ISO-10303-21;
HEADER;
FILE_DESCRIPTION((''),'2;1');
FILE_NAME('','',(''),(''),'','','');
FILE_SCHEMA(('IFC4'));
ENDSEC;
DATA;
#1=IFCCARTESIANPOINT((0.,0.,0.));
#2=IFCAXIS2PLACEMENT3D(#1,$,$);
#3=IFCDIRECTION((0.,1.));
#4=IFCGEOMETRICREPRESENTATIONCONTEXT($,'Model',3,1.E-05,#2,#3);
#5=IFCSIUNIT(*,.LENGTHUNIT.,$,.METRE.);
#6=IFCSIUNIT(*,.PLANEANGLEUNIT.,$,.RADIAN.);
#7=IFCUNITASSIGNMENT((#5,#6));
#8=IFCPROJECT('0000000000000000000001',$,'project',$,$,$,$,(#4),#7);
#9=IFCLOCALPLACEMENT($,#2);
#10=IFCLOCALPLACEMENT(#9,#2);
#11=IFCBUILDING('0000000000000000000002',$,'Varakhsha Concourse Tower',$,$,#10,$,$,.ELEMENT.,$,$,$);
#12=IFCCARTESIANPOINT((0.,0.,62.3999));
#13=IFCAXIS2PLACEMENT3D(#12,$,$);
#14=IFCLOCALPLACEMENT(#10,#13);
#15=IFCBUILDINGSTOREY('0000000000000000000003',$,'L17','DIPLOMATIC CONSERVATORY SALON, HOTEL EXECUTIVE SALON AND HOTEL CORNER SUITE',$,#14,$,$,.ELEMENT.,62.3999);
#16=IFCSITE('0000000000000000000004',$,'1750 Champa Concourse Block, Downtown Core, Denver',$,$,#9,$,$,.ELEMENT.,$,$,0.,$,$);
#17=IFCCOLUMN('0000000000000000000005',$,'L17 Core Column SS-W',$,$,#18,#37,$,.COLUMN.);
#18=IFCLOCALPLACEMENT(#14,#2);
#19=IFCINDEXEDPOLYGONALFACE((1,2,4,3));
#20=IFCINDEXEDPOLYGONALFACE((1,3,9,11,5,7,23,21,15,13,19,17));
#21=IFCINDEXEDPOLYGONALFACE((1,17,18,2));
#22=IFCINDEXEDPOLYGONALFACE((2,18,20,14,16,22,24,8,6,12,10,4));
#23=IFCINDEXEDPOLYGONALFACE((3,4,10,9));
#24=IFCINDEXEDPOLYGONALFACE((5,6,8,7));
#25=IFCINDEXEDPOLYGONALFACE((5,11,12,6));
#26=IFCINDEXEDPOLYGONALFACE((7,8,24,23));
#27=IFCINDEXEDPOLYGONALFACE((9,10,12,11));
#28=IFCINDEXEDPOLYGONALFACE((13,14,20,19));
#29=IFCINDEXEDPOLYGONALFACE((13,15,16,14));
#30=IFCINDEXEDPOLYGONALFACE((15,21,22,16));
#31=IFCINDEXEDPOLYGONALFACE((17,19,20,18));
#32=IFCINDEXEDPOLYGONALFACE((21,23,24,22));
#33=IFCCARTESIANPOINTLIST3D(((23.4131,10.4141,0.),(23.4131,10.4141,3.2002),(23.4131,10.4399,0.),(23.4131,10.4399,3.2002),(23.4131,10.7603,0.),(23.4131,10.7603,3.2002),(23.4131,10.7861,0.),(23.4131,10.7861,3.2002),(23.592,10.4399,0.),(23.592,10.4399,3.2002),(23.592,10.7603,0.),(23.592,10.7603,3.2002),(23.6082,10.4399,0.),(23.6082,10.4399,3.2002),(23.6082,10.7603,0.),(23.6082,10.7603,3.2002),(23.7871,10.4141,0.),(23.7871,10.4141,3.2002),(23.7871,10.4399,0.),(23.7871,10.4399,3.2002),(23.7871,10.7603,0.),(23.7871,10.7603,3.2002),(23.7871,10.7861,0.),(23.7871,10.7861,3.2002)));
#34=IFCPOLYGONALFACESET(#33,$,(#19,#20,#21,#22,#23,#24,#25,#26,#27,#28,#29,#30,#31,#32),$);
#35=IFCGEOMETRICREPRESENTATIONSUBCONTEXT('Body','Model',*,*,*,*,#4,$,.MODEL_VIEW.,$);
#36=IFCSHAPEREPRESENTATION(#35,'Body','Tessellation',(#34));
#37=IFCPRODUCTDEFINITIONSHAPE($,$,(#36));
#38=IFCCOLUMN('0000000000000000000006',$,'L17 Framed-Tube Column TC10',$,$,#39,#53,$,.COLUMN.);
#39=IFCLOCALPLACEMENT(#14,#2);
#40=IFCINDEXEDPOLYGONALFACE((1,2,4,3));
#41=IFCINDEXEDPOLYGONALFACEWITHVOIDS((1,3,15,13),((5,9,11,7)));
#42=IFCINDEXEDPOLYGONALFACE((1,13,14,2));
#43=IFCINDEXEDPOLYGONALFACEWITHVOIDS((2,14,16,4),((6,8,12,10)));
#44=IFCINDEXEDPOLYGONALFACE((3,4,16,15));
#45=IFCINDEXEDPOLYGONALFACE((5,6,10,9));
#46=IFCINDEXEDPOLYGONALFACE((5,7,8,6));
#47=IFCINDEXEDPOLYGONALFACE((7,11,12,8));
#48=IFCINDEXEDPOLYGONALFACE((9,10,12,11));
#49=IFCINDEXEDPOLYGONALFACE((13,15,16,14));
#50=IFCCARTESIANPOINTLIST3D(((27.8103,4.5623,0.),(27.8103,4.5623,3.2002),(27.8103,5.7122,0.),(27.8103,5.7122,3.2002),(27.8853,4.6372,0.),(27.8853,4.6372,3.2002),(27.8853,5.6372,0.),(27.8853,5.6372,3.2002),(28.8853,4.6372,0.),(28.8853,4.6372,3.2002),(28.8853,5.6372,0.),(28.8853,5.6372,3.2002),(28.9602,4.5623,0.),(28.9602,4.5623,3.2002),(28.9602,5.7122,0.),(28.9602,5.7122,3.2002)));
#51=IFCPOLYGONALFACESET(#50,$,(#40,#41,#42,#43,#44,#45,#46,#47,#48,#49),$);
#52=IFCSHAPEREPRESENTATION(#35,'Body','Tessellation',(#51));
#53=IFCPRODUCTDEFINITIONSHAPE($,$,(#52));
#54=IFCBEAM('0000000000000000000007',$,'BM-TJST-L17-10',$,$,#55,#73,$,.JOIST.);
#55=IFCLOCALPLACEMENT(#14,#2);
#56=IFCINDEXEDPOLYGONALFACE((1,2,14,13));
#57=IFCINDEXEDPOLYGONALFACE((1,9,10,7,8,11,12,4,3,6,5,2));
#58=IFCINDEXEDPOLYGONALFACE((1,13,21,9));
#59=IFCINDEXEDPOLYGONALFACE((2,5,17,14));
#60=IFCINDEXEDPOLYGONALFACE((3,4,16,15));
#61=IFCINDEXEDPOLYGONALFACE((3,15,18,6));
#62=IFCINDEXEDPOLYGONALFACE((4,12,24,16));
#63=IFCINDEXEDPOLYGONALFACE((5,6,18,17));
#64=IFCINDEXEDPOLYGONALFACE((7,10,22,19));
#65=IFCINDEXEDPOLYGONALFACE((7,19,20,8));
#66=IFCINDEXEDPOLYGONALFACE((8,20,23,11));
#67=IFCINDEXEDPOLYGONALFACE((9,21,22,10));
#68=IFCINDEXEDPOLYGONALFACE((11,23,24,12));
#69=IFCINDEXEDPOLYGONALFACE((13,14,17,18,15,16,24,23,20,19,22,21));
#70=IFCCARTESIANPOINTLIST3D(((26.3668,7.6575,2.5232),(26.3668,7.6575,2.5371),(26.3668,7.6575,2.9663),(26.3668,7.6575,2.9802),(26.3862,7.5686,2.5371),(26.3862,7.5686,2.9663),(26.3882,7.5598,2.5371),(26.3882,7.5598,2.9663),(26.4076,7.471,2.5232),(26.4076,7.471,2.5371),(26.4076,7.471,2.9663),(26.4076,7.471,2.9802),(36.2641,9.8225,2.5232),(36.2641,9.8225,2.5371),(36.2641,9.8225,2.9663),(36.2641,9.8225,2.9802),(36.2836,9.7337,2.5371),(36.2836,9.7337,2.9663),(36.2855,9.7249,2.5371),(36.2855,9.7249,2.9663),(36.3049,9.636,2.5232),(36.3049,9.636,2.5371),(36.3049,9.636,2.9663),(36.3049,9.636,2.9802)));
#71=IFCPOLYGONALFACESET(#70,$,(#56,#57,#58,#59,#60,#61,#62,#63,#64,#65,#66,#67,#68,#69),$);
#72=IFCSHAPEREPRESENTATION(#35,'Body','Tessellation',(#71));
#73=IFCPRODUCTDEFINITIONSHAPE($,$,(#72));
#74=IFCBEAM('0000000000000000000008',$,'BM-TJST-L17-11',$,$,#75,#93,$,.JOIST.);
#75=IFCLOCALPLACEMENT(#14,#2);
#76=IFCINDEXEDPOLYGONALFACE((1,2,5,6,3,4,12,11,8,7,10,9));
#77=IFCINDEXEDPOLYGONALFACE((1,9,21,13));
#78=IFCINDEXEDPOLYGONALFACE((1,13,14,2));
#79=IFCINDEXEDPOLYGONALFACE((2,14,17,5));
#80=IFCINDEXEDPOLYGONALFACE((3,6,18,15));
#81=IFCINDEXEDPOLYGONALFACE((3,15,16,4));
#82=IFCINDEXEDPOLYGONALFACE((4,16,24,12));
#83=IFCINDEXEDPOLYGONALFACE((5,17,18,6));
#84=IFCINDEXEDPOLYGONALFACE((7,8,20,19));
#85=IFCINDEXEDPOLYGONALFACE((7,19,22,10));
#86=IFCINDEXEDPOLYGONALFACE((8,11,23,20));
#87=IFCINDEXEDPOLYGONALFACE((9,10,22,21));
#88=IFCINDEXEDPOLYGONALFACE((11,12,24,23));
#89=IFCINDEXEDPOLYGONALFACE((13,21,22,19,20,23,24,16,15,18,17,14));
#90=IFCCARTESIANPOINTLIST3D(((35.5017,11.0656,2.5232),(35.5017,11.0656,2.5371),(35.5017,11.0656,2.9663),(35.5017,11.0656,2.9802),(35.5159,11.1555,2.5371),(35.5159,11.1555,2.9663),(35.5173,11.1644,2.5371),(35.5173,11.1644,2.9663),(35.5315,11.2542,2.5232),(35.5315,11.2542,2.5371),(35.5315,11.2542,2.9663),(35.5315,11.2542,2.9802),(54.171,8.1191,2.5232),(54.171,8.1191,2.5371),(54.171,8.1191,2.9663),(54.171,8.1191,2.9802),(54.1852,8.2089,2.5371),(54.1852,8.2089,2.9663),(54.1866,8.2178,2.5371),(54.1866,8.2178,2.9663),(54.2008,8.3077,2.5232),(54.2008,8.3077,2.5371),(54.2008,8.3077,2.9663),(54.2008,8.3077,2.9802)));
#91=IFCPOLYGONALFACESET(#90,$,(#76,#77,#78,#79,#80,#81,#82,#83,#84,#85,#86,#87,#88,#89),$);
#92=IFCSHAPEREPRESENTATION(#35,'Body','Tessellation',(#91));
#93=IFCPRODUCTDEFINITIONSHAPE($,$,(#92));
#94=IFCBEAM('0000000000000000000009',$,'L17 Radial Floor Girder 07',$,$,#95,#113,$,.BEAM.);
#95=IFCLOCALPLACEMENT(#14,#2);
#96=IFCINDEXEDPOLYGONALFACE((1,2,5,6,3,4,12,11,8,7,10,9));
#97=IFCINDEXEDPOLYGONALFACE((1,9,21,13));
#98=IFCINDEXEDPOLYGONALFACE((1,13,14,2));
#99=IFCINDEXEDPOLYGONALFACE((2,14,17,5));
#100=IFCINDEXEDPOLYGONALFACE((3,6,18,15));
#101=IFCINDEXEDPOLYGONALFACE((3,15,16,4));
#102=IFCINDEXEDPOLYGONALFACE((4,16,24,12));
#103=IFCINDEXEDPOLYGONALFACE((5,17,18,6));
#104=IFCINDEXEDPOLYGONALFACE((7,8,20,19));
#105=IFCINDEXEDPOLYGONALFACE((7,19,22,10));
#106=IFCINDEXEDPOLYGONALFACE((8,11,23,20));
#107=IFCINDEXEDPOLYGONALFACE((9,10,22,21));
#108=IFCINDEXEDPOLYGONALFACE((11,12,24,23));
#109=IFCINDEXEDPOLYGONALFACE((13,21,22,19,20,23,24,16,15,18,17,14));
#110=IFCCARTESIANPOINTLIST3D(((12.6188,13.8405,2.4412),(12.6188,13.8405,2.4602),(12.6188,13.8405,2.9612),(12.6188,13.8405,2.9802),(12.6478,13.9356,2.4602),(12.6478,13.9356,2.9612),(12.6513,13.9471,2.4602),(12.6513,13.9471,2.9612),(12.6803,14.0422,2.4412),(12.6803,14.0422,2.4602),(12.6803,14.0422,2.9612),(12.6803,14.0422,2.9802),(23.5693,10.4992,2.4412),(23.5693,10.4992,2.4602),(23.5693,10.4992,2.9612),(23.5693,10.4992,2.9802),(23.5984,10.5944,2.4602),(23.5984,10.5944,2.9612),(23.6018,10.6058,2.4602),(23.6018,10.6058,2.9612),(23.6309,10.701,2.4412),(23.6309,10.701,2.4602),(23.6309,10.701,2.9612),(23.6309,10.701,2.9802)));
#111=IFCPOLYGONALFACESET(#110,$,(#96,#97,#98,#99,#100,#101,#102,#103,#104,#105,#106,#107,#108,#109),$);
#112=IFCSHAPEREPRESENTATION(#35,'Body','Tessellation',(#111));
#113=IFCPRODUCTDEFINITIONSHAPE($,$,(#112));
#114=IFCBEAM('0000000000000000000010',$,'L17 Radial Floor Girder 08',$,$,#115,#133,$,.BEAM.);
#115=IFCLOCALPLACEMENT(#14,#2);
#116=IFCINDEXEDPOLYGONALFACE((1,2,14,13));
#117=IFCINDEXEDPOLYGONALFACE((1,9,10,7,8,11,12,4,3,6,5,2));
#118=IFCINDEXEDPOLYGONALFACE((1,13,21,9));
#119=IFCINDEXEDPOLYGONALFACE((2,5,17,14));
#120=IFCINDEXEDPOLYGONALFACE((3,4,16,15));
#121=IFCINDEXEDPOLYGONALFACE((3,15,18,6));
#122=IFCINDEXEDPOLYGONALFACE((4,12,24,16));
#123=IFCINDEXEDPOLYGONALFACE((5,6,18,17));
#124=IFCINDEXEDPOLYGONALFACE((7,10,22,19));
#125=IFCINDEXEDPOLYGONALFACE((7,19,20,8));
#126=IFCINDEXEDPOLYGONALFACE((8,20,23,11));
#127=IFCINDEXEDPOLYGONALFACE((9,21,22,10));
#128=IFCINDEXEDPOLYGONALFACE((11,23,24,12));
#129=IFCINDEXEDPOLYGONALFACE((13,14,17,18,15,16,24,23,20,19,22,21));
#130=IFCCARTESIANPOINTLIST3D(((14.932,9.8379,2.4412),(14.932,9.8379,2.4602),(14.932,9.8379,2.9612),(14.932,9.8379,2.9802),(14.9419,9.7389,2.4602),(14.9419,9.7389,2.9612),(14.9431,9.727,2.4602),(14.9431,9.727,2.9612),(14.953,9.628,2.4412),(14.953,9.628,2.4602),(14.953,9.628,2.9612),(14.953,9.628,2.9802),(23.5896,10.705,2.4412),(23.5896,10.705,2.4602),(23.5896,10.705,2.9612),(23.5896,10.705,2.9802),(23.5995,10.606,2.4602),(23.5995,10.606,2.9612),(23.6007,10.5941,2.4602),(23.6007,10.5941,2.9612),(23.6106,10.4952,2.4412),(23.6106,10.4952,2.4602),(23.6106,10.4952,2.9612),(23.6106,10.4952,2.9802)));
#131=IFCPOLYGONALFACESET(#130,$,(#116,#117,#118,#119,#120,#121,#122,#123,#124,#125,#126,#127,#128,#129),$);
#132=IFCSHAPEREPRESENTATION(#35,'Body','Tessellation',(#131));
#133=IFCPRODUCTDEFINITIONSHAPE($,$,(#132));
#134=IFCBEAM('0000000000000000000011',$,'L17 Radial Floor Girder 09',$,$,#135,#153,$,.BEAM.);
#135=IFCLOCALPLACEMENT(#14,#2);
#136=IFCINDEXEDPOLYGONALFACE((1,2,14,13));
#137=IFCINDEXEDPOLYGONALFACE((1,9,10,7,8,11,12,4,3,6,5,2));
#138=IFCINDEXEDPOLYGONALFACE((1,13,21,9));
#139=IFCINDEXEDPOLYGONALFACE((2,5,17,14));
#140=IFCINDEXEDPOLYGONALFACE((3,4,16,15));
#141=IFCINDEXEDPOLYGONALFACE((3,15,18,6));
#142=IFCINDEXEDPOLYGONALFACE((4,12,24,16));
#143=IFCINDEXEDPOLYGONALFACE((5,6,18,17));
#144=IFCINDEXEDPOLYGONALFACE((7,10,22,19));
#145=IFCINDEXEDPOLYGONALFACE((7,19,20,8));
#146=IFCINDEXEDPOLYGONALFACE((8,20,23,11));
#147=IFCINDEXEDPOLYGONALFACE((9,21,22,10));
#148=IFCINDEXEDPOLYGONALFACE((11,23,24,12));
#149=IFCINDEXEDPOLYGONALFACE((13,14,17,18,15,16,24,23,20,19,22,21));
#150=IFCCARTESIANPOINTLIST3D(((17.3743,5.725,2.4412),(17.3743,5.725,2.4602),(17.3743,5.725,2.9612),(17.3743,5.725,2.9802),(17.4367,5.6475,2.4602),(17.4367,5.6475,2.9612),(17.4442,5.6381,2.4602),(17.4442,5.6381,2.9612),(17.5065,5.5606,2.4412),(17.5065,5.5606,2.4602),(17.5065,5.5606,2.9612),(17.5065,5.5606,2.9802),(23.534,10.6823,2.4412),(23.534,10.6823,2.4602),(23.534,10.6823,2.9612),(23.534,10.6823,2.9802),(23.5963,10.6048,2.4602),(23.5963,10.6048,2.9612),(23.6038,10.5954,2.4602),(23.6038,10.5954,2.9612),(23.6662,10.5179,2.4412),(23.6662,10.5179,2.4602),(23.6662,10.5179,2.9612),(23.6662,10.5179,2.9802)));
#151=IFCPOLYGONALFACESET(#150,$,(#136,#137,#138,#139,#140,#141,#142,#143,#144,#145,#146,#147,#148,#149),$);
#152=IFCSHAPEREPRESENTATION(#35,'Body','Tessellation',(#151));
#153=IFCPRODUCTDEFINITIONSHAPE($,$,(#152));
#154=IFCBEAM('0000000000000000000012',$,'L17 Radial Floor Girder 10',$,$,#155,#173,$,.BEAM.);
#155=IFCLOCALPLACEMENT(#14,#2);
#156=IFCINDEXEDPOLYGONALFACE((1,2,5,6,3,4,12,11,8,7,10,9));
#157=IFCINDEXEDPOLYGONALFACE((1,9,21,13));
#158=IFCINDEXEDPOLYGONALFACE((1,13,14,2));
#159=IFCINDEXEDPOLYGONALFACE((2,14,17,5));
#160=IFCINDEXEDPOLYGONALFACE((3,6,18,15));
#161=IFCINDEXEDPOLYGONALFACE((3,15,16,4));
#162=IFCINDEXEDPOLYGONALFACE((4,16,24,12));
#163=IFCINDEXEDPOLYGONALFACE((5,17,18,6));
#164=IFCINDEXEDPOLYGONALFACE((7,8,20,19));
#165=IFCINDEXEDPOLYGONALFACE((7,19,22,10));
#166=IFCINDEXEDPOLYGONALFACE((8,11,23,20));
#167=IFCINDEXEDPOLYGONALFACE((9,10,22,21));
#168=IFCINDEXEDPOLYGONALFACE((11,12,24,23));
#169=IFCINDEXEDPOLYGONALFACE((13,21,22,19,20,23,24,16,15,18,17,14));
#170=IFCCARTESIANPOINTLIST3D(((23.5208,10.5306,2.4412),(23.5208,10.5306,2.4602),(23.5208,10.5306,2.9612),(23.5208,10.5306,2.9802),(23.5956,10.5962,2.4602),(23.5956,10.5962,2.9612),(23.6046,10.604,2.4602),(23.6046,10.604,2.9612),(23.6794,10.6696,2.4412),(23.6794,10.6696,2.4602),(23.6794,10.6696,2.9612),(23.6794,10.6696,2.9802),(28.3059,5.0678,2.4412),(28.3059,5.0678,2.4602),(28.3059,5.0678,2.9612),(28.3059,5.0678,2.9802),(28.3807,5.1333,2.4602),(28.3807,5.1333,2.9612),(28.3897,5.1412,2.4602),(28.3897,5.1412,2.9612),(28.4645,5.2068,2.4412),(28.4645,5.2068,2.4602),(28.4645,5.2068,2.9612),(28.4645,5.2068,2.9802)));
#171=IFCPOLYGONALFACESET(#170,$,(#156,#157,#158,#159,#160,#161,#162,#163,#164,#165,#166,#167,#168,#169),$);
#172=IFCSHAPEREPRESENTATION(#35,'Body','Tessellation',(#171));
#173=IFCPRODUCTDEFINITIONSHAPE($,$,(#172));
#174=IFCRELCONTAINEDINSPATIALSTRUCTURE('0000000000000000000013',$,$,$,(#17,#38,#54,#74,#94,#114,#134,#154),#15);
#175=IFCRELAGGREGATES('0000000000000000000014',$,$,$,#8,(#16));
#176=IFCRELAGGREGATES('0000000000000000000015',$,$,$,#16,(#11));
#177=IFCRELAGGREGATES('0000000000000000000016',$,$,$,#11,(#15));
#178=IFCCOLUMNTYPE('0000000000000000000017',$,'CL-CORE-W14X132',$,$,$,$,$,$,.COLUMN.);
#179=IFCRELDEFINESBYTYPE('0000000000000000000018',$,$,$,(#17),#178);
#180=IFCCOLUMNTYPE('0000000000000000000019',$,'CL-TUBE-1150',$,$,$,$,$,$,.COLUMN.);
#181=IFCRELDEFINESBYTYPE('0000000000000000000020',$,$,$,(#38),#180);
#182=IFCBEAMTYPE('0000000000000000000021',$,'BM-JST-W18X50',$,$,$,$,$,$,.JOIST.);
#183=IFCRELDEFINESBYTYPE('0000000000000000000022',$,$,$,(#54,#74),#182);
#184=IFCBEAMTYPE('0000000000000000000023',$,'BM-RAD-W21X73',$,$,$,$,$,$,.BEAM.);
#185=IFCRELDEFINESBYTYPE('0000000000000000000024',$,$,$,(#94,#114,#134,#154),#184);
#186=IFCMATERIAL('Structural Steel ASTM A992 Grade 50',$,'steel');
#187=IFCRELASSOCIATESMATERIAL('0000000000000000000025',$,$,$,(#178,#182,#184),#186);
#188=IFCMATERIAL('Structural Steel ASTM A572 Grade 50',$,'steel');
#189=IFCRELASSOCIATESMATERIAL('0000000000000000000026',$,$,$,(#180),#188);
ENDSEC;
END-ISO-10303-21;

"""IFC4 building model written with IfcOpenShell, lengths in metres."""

from ifc_helpers import new_model, si_unit, direction, frame, origin, origin_2d, place, context, subcontext, project, spatial, hollow_rectangle, i_section, extrude, material, material_profile, profile_set, type_object, element, save


model = new_model("IFC4")

# Units and contexts
model_context = context("Model", 3, precision=1e-05, world=origin(), true_north=direction((0.0, 1.0)))
body_context = subcontext(model_context, "Body", "Model", "MODEL_VIEW")
ifc_project = project(units=[si_unit("LENGTHUNIT", "METRE"), si_unit("PLANEANGLEUNIT", "RADIAN")], contexts=[model_context])

# Site, building, storey
site_placement = place(None, origin())
site = spatial("IfcSite", under=ifc_project, at=site_placement, Name="1750 Champa Concourse Block, Downtown Core, Denver", CompositionType="ELEMENT", RefElevation=0.0)
building_placement = place(site_placement, origin())
building = spatial("IfcBuilding", under=site, at=building_placement, Name="Varakhsha Concourse Tower", CompositionType="ELEMENT")
storey_placement = place(building_placement, frame((0.0, 0.0, 62.3999)))
storey = spatial("IfcBuildingStorey", under=building, at=storey_placement, Name="L17", Description="DIPLOMATIC CONSERVATORY SALON, HOTEL EXECUTIVE SALON AND HOTEL CORNER SUITE", CompositionType="ELEMENT", Elevation=62.3999)

# Columns
ifc_material_1 = material(Name="Structural Steel ASTM A992 Grade 50", Category="steel")
ifc_material_profile_1 = material_profile(ifc_material_1, i_section(OverallWidth=0.374, OverallDepth=0.3721, WebThickness=0.0161, FlangeThickness=0.0259, at=origin_2d()), Name="W14X132")
ifc_profile_set_1 = profile_set([ifc_material_profile_1], Name="Structural Steel ASTM A992 Grade 50")
column_type_1 = type_object("IfcColumnType", Name="CL-CORE-W14X132", PredefinedType="COLUMN", material=ifc_profile_set_1)
column_1_placement = place(storey_placement, frame((23.6001, 10.6001, 0.0), z_axis=(0.0, 0.0, 1.0), x_axis=(1.0, 0.0, 0.0)))
element("IfcColumn", 1, at=column_1_placement, inside=storey, type_object=column_type_1, Name="L17 Core Column SS-W", PredefinedType="COLUMN", context=body_context, shape_type="SweptSolid", body=[
    extrude(i_section(OverallWidth=0.374, OverallDepth=0.3721, WebThickness=0.0161, FlangeThickness=0.0259, at=origin_2d()), origin(), (0.0, 0.0, 1.0), 3.2002),
])
ifc_material_2 = material(Name="Structural Steel ASTM A572 Grade 50", Category="steel")
ifc_material_profile_2 = material_profile(ifc_material_2, hollow_rectangle(XDim=1.1499, YDim=1.1499, WallThickness=0.075, at=origin_2d()), Name="BOX 1150x1150x75")
ifc_profile_set_2 = profile_set([ifc_material_profile_2], Name="Structural Steel ASTM A572 Grade 50")
column_type_2 = type_object("IfcColumnType", Name="CL-TUBE-1150", PredefinedType="COLUMN", material=ifc_profile_set_2)
column_2_placement = place(storey_placement, frame((28.3853, 5.1372, 0.0), z_axis=(0.0, 0.0, 1.0), x_axis=(1.0, 0.0, 0.0)))
element("IfcColumn", 2, at=column_2_placement, inside=storey, type_object=column_type_2, Name="L17 Framed-Tube Column TC10", PredefinedType="COLUMN", context=body_context, shape_type="SweptSolid", body=[
    extrude(hollow_rectangle(XDim=1.1499, YDim=1.1499, WallThickness=0.075, at=origin_2d()), origin(), (0.0, 0.0, 1.0), 3.2002),
])

# Beams
ifc_material_profile_3 = material_profile(ifc_material_1, i_section(OverallWidth=0.1909, OverallDepth=0.457, WebThickness=0.009, FlangeThickness=0.0139, at=origin_2d()), Name="W18X50")
ifc_profile_set_3 = profile_set([ifc_material_profile_3], Name="Structural Steel ASTM A992 Grade 50")
beam_type_1 = type_object("IfcBeamType", Name="BM-JST-W18X50", PredefinedType="JOIST", material=ifc_profile_set_3)
beam_1_placement = place(storey_placement, frame((26.3872, 7.5642, 2.7517), z_axis=(0.9769, 0.213699, 0.0), x_axis=(-0.213699, 0.9769, 0.0)))
element("IfcBeam", 3, at=beam_1_placement, inside=storey, type_object=beam_type_1, Name="BM-TJST-L17-10", PredefinedType="JOIST", context=body_context, shape_type="SweptSolid", body=[
    extrude(i_section(OverallWidth=0.1909, OverallDepth=0.457, WebThickness=0.009, FlangeThickness=0.0139, at=origin_2d()), origin(), (0.0, 0.0, 1.0), 10.1313),
])
beam_2_placement = place(storey_placement, frame((35.5166, 11.1599, 2.7517), z_axis=(0.987773, -0.155899, 0.0), x_axis=(0.155899, 0.987773, 0.0)))
element("IfcBeam", 4, at=beam_2_placement, inside=storey, type_object=beam_type_1, Name="BM-TJST-L17-11", PredefinedType="JOIST", context=body_context, shape_type="SweptSolid", body=[
    extrude(i_section(OverallWidth=0.1909, OverallDepth=0.457, WebThickness=0.009, FlangeThickness=0.0139, at=origin_2d()), origin(), (0.0, 0.0, 1.0), 18.9004),
])
ifc_material_profile_4 = material_profile(ifc_material_1, i_section(OverallWidth=0.2109, OverallDepth=0.5391, WebThickness=0.012, FlangeThickness=0.019, at=origin_2d()), Name="W21X73")
ifc_profile_set_4 = profile_set([ifc_material_profile_4], Name="Structural Steel ASTM A992 Grade 50")
beam_type_2 = type_object("IfcBeamType", Name="BM-RAD-W21X73", PredefinedType="BEAM", material=ifc_profile_set_4)
beam_3_placement = place(storey_placement, frame((23.6001, 10.6001, 2.7107), z_axis=(-0.956467, 0.29184, 0.0), x_axis=(-0.29184, -0.956467, 0.0)))
element("IfcBeam", 5, at=beam_3_placement, inside=storey, type_object=beam_type_2, Name="L17 Radial Floor Girder 07", PredefinedType="BEAM", context=body_context, shape_type="SweptSolid", body=[
    extrude(i_section(OverallWidth=0.2109, OverallDepth=0.5391, WebThickness=0.012, FlangeThickness=0.019, at=origin_2d()), origin(), (0.0, 0.0, 1.0), 11.449),
])
beam_4_placement = place(storey_placement, frame((23.6001, 10.6001, 2.7107), z_axis=(-0.995021, -0.099665, 0.0), x_axis=(0.099665, -0.995021, 0.0)))
element("IfcBeam", 6, at=beam_4_placement, inside=storey, type_object=beam_type_2, Name="L17 Radial Floor Girder 08", PredefinedType="BEAM", context=body_context, shape_type="SweptSolid", body=[
    extrude(i_section(OverallWidth=0.2109, OverallDepth=0.5391, WebThickness=0.012, FlangeThickness=0.019, at=origin_2d()), origin(), (0.0, 0.0, 1.0), 8.7009),
])
beam_5_placement = place(storey_placement, frame((23.6001, 10.6001, 2.7107), z_axis=(-0.779043, -0.626971, 0.0), x_axis=(0.626971, -0.779043, 0.0)))
element("IfcBeam", 7, at=beam_5_placement, inside=storey, type_object=beam_type_2, Name="L17 Radial Floor Girder 09", PredefinedType="BEAM", context=body_context, shape_type="SweptSolid", body=[
    extrude(i_section(OverallWidth=0.2109, OverallDepth=0.5391, WebThickness=0.012, FlangeThickness=0.019, at=origin_2d()), origin(), (0.0, 0.0, 1.0), 7.9067),
])
beam_6_placement = place(storey_placement, frame((23.6001, 10.6001, 2.7107), z_axis=(0.658904, -0.752227, 0.0), x_axis=(0.752227, 0.658904, 0.0)))
element("IfcBeam", 8, at=beam_6_placement, inside=storey, type_object=beam_type_2, Name="L17 Radial Floor Girder 10", PredefinedType="BEAM", context=body_context, shape_type="SweptSolid", body=[
    extrude(i_section(OverallWidth=0.2109, OverallDepth=0.5391, WebThickness=0.012, FlangeThickness=0.019, at=origin_2d()), origin(), (0.0, 0.0, 1.0), 7.2622),
])

save(model, "model.ifc")
